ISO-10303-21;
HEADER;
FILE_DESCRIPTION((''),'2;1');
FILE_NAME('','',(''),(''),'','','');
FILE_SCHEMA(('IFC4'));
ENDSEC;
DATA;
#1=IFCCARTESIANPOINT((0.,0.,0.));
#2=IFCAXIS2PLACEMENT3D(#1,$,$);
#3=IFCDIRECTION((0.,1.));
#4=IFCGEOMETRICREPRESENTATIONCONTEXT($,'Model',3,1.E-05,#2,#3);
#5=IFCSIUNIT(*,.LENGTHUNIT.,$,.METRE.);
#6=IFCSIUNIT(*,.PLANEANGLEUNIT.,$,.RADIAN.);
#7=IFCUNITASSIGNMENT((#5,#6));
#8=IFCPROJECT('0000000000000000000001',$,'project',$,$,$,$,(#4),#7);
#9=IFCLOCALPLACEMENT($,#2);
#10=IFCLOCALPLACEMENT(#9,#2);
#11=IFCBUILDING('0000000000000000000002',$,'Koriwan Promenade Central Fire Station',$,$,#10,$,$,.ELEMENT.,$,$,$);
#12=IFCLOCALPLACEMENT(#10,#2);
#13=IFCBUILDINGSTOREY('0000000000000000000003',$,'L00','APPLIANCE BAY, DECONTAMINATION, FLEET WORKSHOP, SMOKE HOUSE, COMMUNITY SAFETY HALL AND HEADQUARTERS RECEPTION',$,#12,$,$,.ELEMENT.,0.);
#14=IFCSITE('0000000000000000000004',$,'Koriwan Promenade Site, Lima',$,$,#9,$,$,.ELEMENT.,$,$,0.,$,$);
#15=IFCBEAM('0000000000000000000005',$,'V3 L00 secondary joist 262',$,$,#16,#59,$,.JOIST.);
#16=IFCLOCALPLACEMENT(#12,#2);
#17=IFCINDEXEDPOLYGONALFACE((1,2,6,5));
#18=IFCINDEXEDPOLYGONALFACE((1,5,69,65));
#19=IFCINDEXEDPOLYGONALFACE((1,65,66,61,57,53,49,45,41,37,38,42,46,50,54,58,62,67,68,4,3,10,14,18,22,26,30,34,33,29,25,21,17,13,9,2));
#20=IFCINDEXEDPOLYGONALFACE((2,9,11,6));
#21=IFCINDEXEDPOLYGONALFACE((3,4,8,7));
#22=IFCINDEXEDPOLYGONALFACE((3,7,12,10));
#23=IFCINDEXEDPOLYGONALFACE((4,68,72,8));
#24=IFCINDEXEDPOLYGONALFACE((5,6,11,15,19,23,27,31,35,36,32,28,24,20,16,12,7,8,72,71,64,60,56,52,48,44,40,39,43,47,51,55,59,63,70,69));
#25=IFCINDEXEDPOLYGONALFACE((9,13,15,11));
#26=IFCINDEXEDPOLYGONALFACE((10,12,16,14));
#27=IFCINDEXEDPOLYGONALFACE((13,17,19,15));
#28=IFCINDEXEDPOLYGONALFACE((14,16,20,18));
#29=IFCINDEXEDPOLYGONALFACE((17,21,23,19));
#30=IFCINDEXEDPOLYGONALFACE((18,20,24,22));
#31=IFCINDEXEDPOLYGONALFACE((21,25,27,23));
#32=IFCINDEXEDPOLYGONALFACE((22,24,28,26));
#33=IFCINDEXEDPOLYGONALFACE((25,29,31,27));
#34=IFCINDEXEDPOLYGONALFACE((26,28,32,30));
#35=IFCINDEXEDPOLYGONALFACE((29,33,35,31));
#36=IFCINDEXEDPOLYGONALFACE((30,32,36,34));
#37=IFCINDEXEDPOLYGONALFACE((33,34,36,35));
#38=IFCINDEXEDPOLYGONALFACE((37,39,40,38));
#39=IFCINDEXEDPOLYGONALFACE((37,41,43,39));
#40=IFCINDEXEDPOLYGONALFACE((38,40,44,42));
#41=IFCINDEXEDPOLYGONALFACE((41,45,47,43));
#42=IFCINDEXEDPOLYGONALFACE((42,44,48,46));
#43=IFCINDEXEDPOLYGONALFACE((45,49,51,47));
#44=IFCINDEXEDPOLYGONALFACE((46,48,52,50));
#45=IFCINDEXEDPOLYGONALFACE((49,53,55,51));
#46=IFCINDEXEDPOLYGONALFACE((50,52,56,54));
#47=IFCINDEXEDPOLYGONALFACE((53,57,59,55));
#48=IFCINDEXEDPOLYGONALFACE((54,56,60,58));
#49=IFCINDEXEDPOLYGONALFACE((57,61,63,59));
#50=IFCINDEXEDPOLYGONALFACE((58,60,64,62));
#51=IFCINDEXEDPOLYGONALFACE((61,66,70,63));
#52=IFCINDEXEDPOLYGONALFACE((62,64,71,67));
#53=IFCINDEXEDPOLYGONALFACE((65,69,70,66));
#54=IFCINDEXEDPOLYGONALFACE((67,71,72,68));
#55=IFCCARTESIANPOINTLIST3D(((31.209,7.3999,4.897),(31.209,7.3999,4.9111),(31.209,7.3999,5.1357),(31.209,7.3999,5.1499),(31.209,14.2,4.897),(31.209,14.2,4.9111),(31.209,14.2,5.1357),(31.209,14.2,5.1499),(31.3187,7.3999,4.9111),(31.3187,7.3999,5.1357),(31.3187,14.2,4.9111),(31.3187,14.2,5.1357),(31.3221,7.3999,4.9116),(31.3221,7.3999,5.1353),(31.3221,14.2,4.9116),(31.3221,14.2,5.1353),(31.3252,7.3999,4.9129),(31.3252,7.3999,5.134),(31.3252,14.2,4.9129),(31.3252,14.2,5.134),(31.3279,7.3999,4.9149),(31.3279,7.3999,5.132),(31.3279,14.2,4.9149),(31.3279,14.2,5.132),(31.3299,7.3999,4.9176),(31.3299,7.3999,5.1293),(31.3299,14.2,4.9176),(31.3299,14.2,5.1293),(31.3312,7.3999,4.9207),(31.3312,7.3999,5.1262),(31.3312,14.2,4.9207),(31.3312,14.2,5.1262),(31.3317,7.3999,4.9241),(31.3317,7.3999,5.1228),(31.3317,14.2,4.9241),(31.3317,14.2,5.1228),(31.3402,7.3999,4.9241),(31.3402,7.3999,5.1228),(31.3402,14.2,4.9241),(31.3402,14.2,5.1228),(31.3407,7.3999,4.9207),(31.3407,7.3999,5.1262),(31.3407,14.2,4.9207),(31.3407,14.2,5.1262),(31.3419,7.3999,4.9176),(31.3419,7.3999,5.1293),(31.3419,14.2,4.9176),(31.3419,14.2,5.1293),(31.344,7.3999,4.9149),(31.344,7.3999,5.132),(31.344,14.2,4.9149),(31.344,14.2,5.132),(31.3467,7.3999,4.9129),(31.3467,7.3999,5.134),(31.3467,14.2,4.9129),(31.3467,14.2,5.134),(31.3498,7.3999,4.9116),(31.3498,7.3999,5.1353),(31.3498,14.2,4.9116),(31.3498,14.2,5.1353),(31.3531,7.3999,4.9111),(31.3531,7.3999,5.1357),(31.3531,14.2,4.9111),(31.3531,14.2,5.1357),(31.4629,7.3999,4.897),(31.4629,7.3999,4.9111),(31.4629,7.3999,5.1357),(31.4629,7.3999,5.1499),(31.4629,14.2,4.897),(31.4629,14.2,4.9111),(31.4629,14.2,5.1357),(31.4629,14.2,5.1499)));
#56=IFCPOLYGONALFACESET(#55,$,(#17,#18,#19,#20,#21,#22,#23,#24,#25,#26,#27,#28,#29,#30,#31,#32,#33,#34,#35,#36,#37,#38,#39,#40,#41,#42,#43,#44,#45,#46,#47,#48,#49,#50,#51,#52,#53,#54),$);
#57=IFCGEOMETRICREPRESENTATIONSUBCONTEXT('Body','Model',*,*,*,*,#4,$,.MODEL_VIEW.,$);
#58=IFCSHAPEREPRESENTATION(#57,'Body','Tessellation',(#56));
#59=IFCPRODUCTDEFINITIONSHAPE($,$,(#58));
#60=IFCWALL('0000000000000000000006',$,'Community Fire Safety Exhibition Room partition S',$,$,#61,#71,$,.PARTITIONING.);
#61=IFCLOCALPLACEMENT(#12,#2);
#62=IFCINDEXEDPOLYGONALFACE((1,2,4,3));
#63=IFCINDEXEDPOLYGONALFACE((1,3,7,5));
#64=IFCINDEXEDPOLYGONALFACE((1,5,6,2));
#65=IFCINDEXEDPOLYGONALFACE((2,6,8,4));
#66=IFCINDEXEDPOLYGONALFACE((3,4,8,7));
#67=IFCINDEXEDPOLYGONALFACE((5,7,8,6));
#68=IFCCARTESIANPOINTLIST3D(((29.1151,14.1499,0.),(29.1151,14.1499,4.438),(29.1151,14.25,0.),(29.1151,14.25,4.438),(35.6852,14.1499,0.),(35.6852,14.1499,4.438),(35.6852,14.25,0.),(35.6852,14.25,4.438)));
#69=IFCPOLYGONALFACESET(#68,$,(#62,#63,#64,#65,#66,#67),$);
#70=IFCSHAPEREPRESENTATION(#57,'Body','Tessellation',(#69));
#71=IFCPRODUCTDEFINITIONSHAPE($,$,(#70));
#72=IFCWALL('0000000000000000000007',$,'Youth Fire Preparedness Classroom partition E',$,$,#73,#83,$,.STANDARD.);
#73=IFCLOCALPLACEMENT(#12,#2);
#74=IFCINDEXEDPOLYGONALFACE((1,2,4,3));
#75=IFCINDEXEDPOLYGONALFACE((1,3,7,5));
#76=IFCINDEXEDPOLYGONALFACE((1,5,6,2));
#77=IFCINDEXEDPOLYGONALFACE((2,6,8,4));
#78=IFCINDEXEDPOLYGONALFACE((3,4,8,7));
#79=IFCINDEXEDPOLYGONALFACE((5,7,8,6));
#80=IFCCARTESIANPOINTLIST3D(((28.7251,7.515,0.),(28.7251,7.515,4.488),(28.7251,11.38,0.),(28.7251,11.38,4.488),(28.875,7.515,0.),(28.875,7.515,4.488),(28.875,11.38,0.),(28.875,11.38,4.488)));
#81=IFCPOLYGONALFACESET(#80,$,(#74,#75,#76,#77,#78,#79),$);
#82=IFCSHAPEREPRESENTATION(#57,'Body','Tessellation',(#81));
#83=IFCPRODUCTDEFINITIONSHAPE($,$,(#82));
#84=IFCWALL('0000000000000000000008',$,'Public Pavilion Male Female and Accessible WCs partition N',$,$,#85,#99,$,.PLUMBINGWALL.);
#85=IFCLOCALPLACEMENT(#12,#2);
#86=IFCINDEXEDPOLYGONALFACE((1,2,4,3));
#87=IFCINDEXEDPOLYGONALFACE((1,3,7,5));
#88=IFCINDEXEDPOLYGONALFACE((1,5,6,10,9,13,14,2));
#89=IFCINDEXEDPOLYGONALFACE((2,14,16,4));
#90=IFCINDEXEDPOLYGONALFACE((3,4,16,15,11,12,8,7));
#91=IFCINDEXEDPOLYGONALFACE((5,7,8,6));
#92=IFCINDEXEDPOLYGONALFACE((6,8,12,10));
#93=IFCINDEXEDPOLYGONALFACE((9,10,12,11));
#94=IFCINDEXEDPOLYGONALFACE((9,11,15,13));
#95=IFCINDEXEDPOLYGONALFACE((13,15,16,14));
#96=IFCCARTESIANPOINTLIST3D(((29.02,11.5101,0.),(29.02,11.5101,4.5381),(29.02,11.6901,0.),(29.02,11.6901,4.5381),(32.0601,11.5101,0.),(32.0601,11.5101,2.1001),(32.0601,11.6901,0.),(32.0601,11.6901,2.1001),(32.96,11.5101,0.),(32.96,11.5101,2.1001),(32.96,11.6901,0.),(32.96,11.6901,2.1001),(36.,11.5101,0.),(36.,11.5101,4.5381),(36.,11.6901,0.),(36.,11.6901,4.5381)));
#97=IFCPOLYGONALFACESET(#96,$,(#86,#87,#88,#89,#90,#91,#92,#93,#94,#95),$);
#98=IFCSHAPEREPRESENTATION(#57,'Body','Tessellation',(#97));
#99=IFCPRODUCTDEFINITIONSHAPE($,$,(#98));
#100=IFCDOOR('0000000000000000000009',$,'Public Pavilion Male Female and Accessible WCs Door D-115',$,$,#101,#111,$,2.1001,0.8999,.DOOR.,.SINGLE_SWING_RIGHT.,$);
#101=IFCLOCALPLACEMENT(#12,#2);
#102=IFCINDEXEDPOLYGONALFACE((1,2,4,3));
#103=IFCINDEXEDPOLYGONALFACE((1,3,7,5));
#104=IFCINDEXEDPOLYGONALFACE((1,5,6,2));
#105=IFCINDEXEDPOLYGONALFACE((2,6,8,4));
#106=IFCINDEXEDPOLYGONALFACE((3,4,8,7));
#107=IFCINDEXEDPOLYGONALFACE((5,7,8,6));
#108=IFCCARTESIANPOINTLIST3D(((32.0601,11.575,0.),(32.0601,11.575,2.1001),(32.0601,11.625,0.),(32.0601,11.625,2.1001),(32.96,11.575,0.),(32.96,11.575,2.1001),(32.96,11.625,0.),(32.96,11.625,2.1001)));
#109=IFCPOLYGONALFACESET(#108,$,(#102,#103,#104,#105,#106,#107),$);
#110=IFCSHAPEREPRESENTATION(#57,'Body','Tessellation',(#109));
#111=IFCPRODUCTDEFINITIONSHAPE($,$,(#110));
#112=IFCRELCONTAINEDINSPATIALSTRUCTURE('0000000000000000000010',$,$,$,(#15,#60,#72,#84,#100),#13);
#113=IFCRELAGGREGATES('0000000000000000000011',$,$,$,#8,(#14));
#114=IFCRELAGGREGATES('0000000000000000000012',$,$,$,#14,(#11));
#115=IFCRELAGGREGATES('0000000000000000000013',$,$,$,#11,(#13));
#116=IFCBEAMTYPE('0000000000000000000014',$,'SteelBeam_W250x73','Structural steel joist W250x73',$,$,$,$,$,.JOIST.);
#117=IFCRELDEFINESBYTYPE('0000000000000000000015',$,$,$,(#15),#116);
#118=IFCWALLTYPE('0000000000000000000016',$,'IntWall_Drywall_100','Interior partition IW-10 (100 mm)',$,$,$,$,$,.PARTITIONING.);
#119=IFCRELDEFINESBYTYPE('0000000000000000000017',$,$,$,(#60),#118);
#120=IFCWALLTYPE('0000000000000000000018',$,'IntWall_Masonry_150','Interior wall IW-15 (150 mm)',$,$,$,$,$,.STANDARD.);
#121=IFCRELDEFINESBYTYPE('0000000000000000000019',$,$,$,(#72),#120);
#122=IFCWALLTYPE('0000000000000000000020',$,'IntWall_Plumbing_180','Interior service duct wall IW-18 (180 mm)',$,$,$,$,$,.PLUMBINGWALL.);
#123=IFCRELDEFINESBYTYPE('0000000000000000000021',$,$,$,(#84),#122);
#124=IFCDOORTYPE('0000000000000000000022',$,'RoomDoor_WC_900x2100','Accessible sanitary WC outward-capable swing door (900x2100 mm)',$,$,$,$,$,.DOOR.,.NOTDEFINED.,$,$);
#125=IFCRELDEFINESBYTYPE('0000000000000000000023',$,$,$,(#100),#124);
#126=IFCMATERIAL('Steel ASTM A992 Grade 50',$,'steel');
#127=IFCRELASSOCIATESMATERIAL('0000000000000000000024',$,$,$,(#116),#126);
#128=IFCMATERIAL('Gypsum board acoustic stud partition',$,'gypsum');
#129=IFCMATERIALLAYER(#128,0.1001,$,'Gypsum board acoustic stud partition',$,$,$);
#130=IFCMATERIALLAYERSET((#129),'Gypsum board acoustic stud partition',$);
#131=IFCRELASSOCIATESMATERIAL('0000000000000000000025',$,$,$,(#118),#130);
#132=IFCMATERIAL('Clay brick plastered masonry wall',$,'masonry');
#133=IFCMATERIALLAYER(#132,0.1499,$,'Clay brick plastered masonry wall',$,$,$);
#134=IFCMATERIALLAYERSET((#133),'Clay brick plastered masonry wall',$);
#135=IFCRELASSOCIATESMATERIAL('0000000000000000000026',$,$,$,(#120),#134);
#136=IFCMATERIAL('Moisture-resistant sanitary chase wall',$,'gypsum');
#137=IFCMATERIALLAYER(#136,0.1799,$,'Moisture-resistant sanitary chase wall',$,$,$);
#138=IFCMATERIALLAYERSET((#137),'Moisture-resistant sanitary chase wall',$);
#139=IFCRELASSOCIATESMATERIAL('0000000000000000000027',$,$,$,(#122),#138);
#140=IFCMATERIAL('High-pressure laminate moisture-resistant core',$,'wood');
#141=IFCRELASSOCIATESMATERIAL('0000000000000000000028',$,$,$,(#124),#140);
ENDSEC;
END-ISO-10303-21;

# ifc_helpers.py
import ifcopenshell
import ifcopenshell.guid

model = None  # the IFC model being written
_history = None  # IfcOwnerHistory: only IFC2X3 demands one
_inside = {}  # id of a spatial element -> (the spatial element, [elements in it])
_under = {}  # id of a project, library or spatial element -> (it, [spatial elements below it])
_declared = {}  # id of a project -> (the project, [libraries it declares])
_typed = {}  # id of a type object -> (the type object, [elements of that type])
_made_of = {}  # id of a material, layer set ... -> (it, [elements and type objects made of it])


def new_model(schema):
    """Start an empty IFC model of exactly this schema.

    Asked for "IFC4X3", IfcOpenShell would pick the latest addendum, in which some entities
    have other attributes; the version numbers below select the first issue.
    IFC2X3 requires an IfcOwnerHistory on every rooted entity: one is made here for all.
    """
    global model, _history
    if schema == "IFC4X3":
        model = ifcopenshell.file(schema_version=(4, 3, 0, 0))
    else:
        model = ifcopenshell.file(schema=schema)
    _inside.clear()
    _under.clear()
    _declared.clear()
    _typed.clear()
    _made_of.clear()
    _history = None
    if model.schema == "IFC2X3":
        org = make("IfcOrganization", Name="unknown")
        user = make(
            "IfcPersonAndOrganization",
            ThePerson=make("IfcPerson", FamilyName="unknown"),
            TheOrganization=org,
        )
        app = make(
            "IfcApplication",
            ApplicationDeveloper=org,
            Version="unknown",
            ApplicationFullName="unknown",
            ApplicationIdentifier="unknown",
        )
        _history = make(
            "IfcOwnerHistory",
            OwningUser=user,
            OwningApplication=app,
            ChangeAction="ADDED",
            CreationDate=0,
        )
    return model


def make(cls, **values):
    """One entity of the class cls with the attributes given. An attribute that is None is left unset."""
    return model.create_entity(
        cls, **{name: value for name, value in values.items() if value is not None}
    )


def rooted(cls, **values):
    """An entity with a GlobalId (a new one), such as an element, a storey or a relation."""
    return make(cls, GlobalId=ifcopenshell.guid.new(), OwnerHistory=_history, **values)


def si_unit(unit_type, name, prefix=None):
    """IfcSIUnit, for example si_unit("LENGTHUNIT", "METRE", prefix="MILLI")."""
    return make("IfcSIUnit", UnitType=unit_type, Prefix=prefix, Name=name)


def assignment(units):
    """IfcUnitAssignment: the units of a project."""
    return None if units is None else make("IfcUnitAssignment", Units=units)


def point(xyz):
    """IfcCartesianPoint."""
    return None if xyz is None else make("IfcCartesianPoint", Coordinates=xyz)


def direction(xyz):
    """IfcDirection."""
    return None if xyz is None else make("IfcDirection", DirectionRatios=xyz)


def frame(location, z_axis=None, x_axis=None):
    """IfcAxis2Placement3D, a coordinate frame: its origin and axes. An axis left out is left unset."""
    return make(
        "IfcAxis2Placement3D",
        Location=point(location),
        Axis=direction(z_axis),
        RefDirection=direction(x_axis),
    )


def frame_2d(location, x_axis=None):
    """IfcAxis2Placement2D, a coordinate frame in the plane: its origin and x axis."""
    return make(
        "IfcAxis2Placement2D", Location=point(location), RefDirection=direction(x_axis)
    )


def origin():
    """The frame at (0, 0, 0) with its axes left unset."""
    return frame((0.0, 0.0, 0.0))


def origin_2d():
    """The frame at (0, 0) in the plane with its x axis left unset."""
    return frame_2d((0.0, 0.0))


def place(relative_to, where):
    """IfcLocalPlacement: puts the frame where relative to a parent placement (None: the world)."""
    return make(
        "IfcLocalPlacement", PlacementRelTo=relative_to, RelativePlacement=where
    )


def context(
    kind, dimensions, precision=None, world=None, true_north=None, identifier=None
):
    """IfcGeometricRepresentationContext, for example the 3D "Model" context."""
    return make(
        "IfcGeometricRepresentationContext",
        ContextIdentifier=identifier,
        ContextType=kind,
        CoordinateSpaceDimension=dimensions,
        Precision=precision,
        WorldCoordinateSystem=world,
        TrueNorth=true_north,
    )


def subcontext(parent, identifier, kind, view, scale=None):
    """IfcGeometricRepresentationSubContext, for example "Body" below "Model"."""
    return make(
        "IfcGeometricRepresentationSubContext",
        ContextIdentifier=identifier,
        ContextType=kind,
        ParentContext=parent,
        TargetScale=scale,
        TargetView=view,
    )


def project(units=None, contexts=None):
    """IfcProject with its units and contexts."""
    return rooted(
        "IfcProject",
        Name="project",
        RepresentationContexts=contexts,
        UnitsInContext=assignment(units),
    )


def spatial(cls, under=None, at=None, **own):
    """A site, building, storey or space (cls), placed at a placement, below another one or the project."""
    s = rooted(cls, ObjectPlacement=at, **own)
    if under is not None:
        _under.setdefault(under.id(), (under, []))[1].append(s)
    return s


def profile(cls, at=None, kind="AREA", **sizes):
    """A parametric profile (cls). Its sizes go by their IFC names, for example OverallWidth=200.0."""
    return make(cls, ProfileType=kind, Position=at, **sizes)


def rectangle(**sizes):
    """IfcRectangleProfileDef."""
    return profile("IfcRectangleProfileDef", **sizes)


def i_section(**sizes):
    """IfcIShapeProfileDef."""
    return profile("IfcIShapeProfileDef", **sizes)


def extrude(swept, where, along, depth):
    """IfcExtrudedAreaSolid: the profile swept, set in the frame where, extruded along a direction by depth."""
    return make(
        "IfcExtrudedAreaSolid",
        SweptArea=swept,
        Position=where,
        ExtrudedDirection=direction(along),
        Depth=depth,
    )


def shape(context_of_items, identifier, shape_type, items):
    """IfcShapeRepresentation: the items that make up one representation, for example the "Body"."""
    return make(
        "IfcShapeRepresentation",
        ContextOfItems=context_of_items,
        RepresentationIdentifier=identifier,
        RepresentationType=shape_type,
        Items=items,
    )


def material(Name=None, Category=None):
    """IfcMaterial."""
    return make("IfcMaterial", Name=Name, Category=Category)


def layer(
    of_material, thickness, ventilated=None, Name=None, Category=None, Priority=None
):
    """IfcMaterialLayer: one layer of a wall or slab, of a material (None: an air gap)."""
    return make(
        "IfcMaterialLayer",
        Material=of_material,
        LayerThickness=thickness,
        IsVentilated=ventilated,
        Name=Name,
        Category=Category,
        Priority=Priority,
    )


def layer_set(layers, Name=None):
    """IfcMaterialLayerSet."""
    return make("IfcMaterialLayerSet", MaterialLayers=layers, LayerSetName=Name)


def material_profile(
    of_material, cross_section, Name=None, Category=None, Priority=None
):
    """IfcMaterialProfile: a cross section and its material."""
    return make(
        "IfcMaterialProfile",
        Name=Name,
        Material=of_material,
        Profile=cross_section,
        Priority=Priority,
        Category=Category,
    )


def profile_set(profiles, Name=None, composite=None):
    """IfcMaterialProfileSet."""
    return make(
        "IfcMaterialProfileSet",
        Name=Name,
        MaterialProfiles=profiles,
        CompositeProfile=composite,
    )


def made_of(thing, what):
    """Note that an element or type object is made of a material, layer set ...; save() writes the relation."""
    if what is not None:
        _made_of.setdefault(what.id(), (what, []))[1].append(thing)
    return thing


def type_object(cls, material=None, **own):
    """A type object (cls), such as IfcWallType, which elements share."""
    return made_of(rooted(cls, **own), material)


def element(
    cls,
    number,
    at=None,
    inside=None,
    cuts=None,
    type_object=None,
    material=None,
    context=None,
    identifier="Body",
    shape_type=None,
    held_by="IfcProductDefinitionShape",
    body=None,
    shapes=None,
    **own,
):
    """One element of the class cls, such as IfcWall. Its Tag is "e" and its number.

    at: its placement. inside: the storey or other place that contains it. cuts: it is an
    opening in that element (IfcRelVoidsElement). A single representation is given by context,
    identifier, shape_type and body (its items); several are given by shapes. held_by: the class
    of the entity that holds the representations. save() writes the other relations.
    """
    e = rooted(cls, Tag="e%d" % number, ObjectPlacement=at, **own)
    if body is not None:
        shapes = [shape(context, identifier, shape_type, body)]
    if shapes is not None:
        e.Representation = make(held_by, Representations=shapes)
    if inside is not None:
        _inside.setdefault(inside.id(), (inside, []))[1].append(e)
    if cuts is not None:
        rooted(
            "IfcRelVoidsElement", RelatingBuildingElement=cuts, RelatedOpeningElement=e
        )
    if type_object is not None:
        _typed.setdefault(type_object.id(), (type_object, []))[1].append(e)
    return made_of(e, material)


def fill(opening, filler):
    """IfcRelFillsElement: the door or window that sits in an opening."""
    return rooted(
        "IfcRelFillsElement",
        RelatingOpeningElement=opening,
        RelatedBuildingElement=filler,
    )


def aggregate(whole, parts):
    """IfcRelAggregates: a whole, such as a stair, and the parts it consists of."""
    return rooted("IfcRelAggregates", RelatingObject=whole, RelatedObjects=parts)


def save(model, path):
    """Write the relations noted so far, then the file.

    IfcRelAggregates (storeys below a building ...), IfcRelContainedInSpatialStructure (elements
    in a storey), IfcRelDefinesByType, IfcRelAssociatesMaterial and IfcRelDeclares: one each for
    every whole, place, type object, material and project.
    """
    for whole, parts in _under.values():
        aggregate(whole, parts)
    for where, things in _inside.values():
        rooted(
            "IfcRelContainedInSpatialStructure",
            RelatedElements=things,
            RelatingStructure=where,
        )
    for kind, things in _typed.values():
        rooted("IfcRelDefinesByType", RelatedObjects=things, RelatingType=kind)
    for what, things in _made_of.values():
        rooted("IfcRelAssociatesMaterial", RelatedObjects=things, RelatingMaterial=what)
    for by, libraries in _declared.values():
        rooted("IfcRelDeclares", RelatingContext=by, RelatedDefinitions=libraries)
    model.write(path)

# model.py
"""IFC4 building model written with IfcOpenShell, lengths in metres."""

from ifc_helpers import new_model, si_unit, direction, frame, frame_2d, origin, origin_2d, place, context, subcontext, project, spatial, rectangle, i_section, extrude, material, layer, layer_set, material_profile, profile_set, type_object, element, fill, save


model = new_model("IFC4")

# Units and contexts
model_context = context("Model", 3, precision=1e-05, world=origin(), true_north=direction((0.0, 1.0)))
body_context = subcontext(model_context, "Body", "Model", "MODEL_VIEW")
ifc_project = project(units=[si_unit("LENGTHUNIT", "METRE"), si_unit("PLANEANGLEUNIT", "RADIAN")], contexts=[model_context])

# Site, building, storey
site_placement = place(None, origin())
site = spatial("IfcSite", under=ifc_project, at=site_placement, Name="Koriwan Promenade Site, Lima", CompositionType="ELEMENT", RefElevation=0.0)
building_placement = place(site_placement, origin())
building = spatial("IfcBuilding", under=site, at=building_placement, Name="Koriwan Promenade Central Fire Station", CompositionType="ELEMENT")
storey_placement = place(building_placement, origin())
storey = spatial("IfcBuildingStorey", under=building, at=storey_placement, Name="L00", Description="APPLIANCE BAY, DECONTAMINATION, FLEET WORKSHOP, SMOKE HOUSE, COMMUNITY SAFETY HALL AND HEADQUARTERS RECEPTION", CompositionType="ELEMENT", Elevation=0.0)

# Beam
ifc_material_1 = material(Name="Steel ASTM A992 Grade 50", Category="steel")
ifc_material_profile_1 = material_profile(ifc_material_1, i_section(OverallWidth=0.2539, OverallDepth=0.2529, WebThickness=0.0085, FlangeThickness=0.0142, FilletRadius=0.0129, at=origin_2d()), Name="W250x73")
ifc_profile_set_1 = profile_set([ifc_material_profile_1], Name="Steel ASTM A992 Grade 50")
beam_type_1 = type_object("IfcBeamType", Name="SteelBeam_W250x73", Description="Structural steel joist W250x73", PredefinedType="JOIST", material=ifc_profile_set_1)
for number, where, z_axis, x_axis, name in (
    (1, (31.3359, 7.3999, 5.0234), (0.0, 1.0, 0.0), (-1.0, 0.0, 0.0), "V3 L00 secondary joist 262"),
):
    element("IfcBeam", number, at=place(storey_placement, frame(where, z_axis=z_axis, x_axis=x_axis)), inside=storey, type_object=beam_type_1, Name=name, PredefinedType="JOIST", context=body_context, shape_type="SweptSolid", body=[
        extrude(i_section(OverallWidth=0.2539, OverallDepth=0.2529, WebThickness=0.0085, FlangeThickness=0.0142, FilletRadius=0.0129, at=origin_2d()), origin(), (0.0, 0.0, 1.0), 6.8),
    ])

# Walls
ifc_material_2 = material(Name="Gypsum board acoustic stud partition", Category="gypsum")
ifc_layer_1 = layer(ifc_material_2, 0.1001, Name="Gypsum board acoustic stud partition")
ifc_layer_set_1 = layer_set([ifc_layer_1], Name="Gypsum board acoustic stud partition")
wall_type_1 = type_object("IfcWallType", Name="IntWall_Drywall_100", Description="Interior partition IW-10 (100 mm)", PredefinedType="PARTITIONING", material=ifc_layer_set_1)
wall_1_placement = place(storey_placement, frame((29.115, 14.2, 0.0), z_axis=(0.0, 0.0, 1.0), x_axis=(1.0, 0.0, 0.0)))
element("IfcWall", 2, at=wall_1_placement, inside=storey, type_object=wall_type_1, Name="Community Fire Safety Exhibition Room partition S", PredefinedType="PARTITIONING", context=body_context, shape_type="SweptSolid", body=[
    extrude(rectangle(XDim=6.5701, YDim=0.1001, at=frame_2d((3.2852, 0.0))), origin(), (0.0, 0.0, 1.0), 4.438),
])
ifc_material_3 = material(Name="Clay brick plastered masonry wall", Category="masonry")
ifc_layer_2 = layer(ifc_material_3, 0.1499, Name="Clay brick plastered masonry wall")
ifc_layer_set_2 = layer_set([ifc_layer_2], Name="Clay brick plastered masonry wall")
wall_type_2 = type_object("IfcWallType", Name="IntWall_Masonry_150", Description="Interior wall IW-15 (150 mm)", PredefinedType="STANDARD", material=ifc_layer_set_2)
wall_2_placement = place(storey_placement, frame((28.8, 7.5149, 0.0), z_axis=(0.0, 0.0, 1.0), x_axis=(0.0, 1.0, 0.0)))
element("IfcWall", 3, at=wall_2_placement, inside=storey, type_object=wall_type_2, Name="Youth Fire Preparedness Classroom partition E", PredefinedType="STANDARD", context=body_context, shape_type="SweptSolid", body=[
    extrude(rectangle(XDim=3.865, YDim=0.1499, at=frame_2d((1.9326, 0.0))), origin(), (0.0, 0.0, 1.0), 4.488),
])

# Wall, opening, door
ifc_material_4 = material(Name="Moisture-resistant sanitary chase wall", Category="gypsum")
ifc_layer_3 = layer(ifc_material_4, 0.1799, Name="Moisture-resistant sanitary chase wall")
ifc_layer_set_3 = layer_set([ifc_layer_3], Name="Moisture-resistant sanitary chase wall")
wall_type_3 = type_object("IfcWallType", Name="IntWall_Plumbing_180", Description="Interior service duct wall IW-18 (180 mm)", PredefinedType="PLUMBINGWALL", material=ifc_layer_set_3)
wall_3_placement = place(storey_placement, frame((29.02, 11.6001, 0.0), z_axis=(0.0, 0.0, 1.0), x_axis=(1.0, 0.0, 0.0)))
wall_3 = element("IfcWall", 4, at=wall_3_placement, inside=storey, type_object=wall_type_3, Name="Public Pavilion Male Female and Accessible WCs partition N", PredefinedType="PLUMBINGWALL", context=body_context, shape_type="SweptSolid", body=[
    extrude(rectangle(XDim=6.98, YDim=0.1799, at=frame_2d((3.49, 0.0))), origin(), (0.0, 0.0, 1.0), 4.5381),
])
opening_placement = place(wall_3_placement, frame((3.04, 0.0, 0.0)))
opening = element("IfcOpeningElement", 5, at=opening_placement, cuts=wall_3, PredefinedType="OPENING", context=body_context, shape_type="SweptSolid", body=[
    extrude(rectangle(XDim=0.8999, YDim=2.1001, at=frame_2d((0.45, 1.05))), frame((0.0, 0.1021, 0.0), z_axis=(0.0, -1.0, 0.0), x_axis=(1.0, 0.0, 0.0)), (0.0, 0.0, 1.0), 0.2039),
])
ifc_material_5 = material(Name="High-pressure laminate moisture-resistant core", Category="wood")
door_type = type_object("IfcDoorType", Name="RoomDoor_WC_900x2100", Description="Accessible sanitary WC outward-capable swing door (900x2100 mm)", OperationType="NOTDEFINED", PredefinedType="DOOR", material=ifc_material_5)
door_placement = place(opening_placement, origin())
door = element("IfcDoor", 6, at=door_placement, inside=storey, type_object=door_type, Name="Public Pavilion Male Female and Accessible WCs Door D-115", OperationType="SINGLE_SWING_RIGHT", OverallHeight=2.1001, OverallWidth=0.8999, PredefinedType="DOOR", context=body_context, shape_type="SweptSolid", body=[
    extrude(rectangle(XDim=0.8999, YDim=2.1001, at=frame_2d((0.45, 1.05))), frame((0.0, 0.0249, 0.0), z_axis=(0.0, -1.0, 0.0), x_axis=(1.0, 0.0, 0.0)), (0.0, 0.0, 1.0), 0.05),
])
fill(opening, door)

save(model, "model.ifc")
